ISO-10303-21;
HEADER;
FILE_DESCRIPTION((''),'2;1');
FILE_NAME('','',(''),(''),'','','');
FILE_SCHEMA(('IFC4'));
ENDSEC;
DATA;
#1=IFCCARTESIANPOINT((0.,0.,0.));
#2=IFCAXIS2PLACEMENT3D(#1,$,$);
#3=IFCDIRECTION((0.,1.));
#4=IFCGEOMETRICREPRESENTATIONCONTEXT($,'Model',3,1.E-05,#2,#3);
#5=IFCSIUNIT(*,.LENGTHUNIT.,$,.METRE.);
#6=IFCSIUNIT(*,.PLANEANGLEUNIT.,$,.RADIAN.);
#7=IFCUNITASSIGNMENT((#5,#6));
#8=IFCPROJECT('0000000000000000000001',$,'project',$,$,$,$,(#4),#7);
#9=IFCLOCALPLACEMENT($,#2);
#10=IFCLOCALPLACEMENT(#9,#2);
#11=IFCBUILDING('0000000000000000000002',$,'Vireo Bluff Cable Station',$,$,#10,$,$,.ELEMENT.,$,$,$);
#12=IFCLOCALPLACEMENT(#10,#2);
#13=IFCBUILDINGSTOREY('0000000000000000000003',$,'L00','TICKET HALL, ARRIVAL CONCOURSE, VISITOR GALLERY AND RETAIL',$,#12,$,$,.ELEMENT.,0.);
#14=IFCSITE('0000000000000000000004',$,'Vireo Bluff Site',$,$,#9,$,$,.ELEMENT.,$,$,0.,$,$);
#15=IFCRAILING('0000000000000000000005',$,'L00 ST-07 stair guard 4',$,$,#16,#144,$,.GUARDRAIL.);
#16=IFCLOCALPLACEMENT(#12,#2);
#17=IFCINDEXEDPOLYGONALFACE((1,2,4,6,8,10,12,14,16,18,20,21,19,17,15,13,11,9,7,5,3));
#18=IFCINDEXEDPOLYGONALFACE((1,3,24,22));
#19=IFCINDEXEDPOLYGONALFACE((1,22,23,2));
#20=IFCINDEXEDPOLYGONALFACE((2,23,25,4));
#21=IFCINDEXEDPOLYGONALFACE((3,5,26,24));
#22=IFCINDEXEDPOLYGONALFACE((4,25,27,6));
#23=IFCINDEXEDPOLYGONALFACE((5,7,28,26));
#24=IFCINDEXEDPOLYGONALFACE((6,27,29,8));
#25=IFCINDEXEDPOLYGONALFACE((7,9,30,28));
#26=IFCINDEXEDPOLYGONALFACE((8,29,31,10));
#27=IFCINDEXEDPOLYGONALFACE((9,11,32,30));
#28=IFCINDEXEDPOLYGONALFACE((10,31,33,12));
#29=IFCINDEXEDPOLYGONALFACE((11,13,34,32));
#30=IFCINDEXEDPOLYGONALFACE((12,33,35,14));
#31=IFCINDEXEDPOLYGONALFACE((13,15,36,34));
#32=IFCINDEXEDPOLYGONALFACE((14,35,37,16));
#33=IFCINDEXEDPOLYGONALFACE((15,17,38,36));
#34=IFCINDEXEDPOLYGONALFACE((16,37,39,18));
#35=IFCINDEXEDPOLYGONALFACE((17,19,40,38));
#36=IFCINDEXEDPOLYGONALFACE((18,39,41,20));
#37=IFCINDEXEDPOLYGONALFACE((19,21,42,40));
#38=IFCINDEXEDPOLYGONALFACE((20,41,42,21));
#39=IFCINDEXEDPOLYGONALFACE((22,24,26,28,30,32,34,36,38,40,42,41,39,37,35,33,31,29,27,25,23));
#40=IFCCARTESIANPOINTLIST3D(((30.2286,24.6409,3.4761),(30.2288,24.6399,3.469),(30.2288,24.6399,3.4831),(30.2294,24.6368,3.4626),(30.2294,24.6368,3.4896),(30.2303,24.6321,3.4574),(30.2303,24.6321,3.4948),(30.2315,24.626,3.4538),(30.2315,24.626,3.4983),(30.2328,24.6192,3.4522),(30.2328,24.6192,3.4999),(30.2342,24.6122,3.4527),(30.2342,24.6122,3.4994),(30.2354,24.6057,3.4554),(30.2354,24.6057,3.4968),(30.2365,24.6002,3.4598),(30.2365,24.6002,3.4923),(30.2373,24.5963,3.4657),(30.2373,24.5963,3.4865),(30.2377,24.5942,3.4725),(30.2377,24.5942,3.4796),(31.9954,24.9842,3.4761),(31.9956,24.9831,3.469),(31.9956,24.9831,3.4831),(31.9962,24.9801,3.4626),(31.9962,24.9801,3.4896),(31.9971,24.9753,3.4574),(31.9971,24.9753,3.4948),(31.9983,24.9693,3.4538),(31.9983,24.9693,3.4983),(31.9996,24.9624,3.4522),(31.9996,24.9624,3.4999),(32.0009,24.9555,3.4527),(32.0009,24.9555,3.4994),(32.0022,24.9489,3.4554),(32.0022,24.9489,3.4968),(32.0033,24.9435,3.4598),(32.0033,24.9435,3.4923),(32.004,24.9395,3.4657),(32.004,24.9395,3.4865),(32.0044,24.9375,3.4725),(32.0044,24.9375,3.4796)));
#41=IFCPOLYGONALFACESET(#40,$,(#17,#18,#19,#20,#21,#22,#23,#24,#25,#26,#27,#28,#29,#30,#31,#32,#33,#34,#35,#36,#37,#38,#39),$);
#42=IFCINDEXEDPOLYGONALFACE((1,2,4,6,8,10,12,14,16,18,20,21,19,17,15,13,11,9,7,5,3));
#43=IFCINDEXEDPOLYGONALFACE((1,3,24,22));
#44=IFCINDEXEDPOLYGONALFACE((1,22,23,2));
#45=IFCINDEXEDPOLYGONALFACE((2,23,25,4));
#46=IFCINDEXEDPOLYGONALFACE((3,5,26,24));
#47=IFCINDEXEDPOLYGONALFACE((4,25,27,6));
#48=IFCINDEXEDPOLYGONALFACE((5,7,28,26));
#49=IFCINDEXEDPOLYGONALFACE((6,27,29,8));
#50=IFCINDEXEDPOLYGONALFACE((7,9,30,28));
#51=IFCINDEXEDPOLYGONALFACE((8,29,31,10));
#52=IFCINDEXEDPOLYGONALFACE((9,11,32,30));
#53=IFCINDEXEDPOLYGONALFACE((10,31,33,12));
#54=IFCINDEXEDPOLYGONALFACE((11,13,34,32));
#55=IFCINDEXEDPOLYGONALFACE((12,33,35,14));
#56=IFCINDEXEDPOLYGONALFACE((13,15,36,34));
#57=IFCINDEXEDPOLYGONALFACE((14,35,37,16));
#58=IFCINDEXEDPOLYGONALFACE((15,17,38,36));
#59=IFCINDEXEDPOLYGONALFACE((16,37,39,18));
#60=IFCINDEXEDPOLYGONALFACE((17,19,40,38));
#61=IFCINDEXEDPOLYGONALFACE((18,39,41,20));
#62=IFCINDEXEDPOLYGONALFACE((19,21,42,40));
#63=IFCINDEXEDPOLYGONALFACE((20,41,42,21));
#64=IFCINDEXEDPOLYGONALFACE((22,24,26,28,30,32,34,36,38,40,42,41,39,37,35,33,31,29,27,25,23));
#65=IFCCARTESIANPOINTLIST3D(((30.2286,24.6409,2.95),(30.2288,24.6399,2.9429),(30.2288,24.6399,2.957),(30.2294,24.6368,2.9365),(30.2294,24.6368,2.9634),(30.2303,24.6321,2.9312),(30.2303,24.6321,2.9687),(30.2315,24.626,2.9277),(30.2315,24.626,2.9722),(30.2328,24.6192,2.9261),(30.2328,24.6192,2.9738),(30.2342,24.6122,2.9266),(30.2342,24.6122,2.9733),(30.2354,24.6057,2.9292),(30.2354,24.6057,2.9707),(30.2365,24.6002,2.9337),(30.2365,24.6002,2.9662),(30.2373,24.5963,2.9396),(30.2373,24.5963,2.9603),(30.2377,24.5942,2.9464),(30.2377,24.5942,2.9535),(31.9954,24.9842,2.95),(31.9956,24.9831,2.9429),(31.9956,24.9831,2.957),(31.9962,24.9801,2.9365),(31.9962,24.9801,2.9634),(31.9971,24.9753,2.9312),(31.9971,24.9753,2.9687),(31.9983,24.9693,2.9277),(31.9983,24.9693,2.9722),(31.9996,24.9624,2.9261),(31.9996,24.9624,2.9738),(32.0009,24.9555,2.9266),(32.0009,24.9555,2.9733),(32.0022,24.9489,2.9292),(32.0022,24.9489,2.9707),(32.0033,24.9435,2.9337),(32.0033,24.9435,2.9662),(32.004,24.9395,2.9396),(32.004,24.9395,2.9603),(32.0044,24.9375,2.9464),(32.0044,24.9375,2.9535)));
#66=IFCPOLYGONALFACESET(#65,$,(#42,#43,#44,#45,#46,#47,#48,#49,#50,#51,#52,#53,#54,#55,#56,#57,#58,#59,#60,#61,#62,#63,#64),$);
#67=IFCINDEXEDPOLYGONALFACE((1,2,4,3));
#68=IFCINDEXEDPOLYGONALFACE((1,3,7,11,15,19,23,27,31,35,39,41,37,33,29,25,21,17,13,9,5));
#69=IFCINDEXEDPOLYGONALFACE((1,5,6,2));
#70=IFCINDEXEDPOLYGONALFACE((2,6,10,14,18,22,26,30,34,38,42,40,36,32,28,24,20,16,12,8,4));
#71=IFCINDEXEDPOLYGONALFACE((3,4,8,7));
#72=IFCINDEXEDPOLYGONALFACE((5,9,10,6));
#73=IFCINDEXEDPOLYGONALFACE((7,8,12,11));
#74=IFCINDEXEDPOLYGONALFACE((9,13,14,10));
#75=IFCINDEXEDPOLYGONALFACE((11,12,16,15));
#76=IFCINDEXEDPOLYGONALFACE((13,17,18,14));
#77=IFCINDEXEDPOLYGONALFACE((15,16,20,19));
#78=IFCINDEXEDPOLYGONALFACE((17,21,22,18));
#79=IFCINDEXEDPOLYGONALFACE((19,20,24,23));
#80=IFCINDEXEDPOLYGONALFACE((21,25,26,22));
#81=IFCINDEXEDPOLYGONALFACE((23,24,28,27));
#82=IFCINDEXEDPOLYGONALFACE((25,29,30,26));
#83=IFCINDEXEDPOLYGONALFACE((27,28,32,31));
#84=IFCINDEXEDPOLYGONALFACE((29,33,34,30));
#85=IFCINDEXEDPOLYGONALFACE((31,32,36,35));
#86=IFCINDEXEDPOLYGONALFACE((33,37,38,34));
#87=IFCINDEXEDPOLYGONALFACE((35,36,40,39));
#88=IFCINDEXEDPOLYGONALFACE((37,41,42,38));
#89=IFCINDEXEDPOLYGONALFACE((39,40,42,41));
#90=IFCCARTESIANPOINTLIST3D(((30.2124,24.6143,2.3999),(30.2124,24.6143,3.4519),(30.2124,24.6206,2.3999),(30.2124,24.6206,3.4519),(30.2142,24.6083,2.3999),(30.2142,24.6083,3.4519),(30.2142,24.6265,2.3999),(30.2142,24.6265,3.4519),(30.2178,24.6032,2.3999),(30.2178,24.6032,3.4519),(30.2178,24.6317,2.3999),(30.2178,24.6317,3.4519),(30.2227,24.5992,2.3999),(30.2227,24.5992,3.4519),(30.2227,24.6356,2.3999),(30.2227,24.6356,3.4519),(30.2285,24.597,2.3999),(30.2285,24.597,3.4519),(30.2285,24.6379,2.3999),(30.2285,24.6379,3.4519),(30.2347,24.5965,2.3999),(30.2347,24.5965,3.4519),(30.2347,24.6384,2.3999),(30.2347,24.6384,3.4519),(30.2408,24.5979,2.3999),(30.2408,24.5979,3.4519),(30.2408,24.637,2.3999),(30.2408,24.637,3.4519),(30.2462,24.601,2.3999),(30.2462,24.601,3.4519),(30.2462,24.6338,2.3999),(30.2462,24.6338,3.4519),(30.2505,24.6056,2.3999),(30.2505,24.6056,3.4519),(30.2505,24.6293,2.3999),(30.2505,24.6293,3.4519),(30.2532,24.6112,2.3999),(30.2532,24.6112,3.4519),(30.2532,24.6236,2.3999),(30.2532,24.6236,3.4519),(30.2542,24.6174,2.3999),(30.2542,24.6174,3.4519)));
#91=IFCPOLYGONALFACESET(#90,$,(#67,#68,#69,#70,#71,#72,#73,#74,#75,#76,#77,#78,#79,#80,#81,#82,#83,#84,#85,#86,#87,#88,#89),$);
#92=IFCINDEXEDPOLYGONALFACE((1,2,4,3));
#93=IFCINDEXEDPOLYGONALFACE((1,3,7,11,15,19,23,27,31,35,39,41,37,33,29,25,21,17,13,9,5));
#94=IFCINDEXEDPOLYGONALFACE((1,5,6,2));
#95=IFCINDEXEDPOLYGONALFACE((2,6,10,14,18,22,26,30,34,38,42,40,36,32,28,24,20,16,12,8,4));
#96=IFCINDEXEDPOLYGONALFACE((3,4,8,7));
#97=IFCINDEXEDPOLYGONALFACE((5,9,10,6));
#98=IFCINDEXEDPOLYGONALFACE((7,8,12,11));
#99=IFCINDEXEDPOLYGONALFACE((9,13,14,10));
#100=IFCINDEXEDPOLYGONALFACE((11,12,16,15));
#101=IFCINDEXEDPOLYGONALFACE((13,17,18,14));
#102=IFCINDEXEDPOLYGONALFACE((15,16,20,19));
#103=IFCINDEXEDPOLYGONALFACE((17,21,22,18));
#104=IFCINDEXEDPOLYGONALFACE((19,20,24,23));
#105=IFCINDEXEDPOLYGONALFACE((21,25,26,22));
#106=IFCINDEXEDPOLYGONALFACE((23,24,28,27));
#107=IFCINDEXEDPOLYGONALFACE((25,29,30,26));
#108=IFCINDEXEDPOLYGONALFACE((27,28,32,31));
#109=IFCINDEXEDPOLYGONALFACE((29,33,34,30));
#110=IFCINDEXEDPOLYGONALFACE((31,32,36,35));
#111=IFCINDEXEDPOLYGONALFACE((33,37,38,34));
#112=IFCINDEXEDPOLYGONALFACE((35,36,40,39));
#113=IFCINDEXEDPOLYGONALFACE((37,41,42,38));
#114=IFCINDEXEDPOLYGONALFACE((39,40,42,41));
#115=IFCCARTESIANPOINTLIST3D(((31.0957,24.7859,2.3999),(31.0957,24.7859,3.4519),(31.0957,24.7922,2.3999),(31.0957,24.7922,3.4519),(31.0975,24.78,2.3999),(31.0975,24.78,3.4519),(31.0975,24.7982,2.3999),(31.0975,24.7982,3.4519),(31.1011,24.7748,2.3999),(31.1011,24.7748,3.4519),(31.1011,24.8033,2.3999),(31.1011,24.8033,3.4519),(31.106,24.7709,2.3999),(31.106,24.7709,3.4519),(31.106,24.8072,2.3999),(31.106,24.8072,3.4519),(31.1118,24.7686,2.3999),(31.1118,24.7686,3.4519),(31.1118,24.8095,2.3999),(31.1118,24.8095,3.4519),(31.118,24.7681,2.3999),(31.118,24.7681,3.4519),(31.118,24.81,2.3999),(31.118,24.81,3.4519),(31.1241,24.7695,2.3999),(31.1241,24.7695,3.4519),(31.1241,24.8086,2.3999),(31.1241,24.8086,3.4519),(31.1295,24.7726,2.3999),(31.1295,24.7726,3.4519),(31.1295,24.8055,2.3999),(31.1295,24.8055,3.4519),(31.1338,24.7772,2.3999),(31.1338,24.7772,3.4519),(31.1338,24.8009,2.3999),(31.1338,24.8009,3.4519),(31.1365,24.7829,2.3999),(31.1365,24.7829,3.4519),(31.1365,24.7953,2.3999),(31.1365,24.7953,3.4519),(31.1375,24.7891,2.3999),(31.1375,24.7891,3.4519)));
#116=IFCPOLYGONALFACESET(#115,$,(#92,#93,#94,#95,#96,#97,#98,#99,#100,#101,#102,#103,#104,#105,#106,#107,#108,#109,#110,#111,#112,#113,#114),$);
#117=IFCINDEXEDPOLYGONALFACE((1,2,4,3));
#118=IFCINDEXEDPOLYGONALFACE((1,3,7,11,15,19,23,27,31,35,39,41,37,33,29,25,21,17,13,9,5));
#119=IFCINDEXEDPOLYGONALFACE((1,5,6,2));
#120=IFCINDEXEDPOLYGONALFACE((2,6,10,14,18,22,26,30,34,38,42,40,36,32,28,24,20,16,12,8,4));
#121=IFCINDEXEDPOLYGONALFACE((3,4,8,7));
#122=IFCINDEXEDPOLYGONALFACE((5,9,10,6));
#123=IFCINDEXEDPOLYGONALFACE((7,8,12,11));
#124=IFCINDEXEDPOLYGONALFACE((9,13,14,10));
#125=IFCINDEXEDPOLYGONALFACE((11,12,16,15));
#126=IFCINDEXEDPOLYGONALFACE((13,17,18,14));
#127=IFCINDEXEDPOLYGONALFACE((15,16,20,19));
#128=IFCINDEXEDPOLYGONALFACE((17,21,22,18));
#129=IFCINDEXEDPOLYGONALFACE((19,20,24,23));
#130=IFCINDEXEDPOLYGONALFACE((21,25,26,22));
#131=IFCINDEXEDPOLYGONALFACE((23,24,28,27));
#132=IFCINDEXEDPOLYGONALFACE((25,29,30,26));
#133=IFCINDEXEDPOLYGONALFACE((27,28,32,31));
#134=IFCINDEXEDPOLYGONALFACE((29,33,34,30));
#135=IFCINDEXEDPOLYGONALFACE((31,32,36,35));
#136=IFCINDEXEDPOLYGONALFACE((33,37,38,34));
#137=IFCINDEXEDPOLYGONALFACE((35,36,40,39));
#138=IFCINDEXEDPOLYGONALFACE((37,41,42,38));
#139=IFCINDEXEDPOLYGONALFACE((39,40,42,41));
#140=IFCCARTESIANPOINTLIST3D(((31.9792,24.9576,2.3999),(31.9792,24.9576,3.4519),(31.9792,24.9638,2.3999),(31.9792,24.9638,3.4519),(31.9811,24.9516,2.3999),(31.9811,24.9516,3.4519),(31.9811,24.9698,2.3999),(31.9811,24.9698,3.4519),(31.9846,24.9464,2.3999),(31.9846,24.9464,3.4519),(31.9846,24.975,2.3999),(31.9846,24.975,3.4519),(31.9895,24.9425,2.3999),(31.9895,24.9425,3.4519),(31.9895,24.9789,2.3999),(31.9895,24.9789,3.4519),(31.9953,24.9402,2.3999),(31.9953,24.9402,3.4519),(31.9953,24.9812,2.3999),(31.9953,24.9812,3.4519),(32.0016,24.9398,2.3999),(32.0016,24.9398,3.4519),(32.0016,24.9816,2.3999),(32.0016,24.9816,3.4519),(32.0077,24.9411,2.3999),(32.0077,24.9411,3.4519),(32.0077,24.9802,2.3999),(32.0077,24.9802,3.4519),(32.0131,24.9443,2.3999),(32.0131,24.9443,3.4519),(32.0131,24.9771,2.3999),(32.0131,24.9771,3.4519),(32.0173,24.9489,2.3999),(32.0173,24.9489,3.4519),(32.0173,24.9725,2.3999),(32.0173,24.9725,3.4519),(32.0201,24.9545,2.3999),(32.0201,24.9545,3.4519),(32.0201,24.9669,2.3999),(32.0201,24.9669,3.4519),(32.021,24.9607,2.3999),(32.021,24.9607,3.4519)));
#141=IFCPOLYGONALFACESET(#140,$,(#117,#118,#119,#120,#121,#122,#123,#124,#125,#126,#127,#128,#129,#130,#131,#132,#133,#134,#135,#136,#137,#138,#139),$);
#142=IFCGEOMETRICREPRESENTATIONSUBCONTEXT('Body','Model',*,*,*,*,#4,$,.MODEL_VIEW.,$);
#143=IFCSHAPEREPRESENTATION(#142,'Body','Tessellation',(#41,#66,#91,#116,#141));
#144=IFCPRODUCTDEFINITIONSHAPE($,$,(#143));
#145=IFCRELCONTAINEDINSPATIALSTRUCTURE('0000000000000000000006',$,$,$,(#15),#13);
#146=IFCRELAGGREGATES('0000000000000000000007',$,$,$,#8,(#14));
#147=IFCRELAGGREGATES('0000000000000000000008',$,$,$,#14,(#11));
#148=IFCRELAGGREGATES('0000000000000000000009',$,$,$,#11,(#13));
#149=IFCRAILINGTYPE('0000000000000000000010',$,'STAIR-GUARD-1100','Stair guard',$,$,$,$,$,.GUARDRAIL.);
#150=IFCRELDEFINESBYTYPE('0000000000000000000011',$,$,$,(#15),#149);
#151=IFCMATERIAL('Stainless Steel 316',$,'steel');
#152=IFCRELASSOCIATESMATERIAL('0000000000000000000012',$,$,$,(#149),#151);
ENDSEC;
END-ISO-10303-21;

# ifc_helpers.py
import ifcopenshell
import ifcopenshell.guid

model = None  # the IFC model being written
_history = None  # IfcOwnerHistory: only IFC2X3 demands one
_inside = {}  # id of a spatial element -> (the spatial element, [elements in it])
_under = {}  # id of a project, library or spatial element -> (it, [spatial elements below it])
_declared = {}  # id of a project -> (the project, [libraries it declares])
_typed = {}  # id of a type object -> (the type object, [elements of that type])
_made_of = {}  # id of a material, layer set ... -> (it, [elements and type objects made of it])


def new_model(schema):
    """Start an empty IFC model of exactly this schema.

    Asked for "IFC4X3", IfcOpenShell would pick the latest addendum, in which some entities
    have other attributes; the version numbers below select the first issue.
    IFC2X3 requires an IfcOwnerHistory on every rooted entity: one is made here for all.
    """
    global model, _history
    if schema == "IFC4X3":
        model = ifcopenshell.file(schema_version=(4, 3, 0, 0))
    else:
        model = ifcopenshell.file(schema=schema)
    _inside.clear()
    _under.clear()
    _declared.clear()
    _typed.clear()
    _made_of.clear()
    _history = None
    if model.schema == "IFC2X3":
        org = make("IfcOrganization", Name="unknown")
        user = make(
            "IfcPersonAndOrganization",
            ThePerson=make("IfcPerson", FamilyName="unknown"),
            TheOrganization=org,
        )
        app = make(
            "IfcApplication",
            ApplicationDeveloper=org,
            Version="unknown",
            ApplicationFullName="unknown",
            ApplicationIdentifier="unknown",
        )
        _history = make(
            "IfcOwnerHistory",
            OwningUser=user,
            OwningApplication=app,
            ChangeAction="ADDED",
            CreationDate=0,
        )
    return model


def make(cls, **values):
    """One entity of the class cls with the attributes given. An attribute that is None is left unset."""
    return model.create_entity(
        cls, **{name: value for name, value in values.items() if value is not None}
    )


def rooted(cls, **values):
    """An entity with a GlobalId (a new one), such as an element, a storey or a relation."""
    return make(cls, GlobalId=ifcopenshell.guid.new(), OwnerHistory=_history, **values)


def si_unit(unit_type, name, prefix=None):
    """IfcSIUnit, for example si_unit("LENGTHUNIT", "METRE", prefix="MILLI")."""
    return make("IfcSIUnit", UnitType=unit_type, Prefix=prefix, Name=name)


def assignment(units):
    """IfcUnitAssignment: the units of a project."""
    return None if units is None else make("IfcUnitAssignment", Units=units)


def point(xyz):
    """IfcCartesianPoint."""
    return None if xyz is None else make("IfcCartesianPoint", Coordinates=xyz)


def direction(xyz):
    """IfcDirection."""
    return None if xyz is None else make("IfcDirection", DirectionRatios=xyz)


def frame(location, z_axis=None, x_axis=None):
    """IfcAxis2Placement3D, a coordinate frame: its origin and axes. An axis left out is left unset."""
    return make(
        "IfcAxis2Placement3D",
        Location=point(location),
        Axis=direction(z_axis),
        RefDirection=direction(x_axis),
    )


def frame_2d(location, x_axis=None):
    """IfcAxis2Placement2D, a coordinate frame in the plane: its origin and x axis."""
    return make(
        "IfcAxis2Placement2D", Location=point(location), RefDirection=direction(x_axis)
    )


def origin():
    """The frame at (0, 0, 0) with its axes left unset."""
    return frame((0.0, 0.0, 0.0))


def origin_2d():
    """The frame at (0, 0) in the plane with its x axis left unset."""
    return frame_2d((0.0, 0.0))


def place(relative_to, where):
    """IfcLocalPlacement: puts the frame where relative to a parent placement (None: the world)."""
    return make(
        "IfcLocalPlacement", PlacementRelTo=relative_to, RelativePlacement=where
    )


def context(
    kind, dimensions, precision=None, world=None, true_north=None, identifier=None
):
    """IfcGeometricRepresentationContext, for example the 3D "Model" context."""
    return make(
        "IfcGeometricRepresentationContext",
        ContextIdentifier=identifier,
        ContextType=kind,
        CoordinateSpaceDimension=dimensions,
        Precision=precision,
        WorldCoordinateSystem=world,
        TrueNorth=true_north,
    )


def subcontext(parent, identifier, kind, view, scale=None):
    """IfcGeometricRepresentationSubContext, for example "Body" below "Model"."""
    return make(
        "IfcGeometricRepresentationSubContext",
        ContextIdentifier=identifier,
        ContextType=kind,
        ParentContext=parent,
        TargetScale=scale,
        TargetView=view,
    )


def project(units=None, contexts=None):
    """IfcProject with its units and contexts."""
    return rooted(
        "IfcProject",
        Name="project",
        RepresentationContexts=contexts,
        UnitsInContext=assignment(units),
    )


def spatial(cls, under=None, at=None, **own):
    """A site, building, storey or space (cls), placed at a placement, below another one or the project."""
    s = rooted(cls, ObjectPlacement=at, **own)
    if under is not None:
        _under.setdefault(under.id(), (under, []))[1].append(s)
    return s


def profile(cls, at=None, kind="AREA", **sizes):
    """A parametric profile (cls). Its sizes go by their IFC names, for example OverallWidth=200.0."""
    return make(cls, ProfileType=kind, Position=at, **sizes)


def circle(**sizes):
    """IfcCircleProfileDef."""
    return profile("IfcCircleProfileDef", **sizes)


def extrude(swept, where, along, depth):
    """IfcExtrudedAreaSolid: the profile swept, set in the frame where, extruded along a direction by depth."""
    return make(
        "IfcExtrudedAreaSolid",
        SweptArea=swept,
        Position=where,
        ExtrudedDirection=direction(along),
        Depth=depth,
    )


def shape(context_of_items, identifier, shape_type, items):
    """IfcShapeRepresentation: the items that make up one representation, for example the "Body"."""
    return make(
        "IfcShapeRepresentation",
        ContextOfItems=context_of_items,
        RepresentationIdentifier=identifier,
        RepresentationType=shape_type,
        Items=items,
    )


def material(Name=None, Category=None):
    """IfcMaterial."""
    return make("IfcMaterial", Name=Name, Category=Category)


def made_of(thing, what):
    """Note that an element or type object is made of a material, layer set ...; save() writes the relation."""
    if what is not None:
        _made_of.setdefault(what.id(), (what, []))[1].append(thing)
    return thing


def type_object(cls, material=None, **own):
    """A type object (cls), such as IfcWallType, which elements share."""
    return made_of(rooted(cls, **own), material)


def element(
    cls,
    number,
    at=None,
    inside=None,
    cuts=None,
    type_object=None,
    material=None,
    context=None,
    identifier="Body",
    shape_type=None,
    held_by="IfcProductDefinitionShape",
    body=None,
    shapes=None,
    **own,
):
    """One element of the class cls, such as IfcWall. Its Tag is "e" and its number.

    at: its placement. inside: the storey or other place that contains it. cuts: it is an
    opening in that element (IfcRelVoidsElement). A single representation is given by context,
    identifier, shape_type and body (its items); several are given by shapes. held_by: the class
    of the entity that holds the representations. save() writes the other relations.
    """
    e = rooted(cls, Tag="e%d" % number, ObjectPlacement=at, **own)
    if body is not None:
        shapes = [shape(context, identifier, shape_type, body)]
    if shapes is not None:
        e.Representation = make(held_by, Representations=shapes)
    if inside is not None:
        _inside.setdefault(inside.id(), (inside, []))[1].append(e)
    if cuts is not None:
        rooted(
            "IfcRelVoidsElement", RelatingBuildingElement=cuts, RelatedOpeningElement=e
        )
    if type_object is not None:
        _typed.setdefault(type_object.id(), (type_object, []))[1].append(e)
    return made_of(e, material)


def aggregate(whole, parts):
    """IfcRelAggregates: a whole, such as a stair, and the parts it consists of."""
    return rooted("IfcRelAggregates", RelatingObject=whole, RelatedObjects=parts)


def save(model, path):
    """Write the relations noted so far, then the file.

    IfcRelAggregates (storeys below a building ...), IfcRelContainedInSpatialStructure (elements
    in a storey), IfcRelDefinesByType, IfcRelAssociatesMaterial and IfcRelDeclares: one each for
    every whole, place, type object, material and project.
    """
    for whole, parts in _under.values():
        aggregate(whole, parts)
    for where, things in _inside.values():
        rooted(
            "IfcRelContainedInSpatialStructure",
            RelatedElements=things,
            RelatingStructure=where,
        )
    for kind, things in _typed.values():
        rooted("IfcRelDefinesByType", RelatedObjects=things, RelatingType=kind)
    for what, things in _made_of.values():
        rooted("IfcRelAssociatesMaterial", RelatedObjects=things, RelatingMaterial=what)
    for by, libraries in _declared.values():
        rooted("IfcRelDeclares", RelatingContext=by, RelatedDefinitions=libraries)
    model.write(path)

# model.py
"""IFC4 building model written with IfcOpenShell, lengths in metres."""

from ifc_helpers import new_model, si_unit, direction, frame, origin, origin_2d, place, context, subcontext, project, spatial, circle, extrude, material, type_object, element, save


model = new_model("IFC4")

# Units and contexts
model_context = context("Model", 3, precision=1e-05, world=origin(), true_north=direction((0.0, 1.0)))
body_context = subcontext(model_context, "Body", "Model", "MODEL_VIEW")
ifc_project = project(units=[si_unit("LENGTHUNIT", "METRE"), si_unit("PLANEANGLEUNIT", "RADIAN")], contexts=[model_context])

# Site, building, storey
site_placement = place(None, origin())
site = spatial("IfcSite", under=ifc_project, at=site_placement, Name="Vireo Bluff Site", CompositionType="ELEMENT", RefElevation=0.0)
building_placement = place(site_placement, origin())
building = spatial("IfcBuilding", under=site, at=building_placement, Name="Vireo Bluff Cable Station", CompositionType="ELEMENT")
storey_placement = place(building_placement, origin())
storey = spatial("IfcBuildingStorey", under=building, at=storey_placement, Name="L00", Description="TICKET HALL, ARRIVAL CONCOURSE, VISITOR GALLERY AND RETAIL", CompositionType="ELEMENT", Elevation=0.0)

# Railing
ifc_material_1 = material(Name="Stainless Steel 316", Category="steel")
railing_type_1 = type_object("IfcRailingType", Name="STAIR-GUARD-1100", Description="Stair guard", PredefinedType="GUARDRAIL", material=ifc_material_1)
railing_1_placement = place(storey_placement, frame((30.2332, 24.6174, 2.3999)))
element("IfcRailing", 1, at=railing_1_placement, inside=storey, type_object=railing_type_1, Name="L00 ST-07 stair guard 4", PredefinedType="GUARDRAIL", context=body_context, shape_type="SweptSolid", body=[
    extrude(circle(Radius=0.0239, at=origin_2d()), frame((0.0, 0.0, 1.0762), z_axis=(0.981646, 0.190714, 0.0), x_axis=(-0.190714, 0.981646, 0.0)), (0.0, 0.0, 1.0), 1.7998),
    extrude(circle(Radius=0.0239, at=origin_2d()), frame((0.0, 0.0, 0.55), z_axis=(0.981646, 0.190714, 0.0), x_axis=(-0.190714, 0.981646, 0.0)), (0.0, 0.0, 1.0), 1.7998),
    extrude(circle(Radius=0.021, at=origin_2d()), origin(), (0.0, 0.0, 1.0), 1.052),
    extrude(circle(Radius=0.021, at=origin_2d()), frame((0.8833, 0.1716, 0.0)), (0.0, 0.0, 1.0), 1.052),
    extrude(circle(Radius=0.021, at=origin_2d()), frame((1.7668, 0.3433, 0.0)), (0.0, 0.0, 1.0), 1.052),
])

save(model, "model.ifc")
